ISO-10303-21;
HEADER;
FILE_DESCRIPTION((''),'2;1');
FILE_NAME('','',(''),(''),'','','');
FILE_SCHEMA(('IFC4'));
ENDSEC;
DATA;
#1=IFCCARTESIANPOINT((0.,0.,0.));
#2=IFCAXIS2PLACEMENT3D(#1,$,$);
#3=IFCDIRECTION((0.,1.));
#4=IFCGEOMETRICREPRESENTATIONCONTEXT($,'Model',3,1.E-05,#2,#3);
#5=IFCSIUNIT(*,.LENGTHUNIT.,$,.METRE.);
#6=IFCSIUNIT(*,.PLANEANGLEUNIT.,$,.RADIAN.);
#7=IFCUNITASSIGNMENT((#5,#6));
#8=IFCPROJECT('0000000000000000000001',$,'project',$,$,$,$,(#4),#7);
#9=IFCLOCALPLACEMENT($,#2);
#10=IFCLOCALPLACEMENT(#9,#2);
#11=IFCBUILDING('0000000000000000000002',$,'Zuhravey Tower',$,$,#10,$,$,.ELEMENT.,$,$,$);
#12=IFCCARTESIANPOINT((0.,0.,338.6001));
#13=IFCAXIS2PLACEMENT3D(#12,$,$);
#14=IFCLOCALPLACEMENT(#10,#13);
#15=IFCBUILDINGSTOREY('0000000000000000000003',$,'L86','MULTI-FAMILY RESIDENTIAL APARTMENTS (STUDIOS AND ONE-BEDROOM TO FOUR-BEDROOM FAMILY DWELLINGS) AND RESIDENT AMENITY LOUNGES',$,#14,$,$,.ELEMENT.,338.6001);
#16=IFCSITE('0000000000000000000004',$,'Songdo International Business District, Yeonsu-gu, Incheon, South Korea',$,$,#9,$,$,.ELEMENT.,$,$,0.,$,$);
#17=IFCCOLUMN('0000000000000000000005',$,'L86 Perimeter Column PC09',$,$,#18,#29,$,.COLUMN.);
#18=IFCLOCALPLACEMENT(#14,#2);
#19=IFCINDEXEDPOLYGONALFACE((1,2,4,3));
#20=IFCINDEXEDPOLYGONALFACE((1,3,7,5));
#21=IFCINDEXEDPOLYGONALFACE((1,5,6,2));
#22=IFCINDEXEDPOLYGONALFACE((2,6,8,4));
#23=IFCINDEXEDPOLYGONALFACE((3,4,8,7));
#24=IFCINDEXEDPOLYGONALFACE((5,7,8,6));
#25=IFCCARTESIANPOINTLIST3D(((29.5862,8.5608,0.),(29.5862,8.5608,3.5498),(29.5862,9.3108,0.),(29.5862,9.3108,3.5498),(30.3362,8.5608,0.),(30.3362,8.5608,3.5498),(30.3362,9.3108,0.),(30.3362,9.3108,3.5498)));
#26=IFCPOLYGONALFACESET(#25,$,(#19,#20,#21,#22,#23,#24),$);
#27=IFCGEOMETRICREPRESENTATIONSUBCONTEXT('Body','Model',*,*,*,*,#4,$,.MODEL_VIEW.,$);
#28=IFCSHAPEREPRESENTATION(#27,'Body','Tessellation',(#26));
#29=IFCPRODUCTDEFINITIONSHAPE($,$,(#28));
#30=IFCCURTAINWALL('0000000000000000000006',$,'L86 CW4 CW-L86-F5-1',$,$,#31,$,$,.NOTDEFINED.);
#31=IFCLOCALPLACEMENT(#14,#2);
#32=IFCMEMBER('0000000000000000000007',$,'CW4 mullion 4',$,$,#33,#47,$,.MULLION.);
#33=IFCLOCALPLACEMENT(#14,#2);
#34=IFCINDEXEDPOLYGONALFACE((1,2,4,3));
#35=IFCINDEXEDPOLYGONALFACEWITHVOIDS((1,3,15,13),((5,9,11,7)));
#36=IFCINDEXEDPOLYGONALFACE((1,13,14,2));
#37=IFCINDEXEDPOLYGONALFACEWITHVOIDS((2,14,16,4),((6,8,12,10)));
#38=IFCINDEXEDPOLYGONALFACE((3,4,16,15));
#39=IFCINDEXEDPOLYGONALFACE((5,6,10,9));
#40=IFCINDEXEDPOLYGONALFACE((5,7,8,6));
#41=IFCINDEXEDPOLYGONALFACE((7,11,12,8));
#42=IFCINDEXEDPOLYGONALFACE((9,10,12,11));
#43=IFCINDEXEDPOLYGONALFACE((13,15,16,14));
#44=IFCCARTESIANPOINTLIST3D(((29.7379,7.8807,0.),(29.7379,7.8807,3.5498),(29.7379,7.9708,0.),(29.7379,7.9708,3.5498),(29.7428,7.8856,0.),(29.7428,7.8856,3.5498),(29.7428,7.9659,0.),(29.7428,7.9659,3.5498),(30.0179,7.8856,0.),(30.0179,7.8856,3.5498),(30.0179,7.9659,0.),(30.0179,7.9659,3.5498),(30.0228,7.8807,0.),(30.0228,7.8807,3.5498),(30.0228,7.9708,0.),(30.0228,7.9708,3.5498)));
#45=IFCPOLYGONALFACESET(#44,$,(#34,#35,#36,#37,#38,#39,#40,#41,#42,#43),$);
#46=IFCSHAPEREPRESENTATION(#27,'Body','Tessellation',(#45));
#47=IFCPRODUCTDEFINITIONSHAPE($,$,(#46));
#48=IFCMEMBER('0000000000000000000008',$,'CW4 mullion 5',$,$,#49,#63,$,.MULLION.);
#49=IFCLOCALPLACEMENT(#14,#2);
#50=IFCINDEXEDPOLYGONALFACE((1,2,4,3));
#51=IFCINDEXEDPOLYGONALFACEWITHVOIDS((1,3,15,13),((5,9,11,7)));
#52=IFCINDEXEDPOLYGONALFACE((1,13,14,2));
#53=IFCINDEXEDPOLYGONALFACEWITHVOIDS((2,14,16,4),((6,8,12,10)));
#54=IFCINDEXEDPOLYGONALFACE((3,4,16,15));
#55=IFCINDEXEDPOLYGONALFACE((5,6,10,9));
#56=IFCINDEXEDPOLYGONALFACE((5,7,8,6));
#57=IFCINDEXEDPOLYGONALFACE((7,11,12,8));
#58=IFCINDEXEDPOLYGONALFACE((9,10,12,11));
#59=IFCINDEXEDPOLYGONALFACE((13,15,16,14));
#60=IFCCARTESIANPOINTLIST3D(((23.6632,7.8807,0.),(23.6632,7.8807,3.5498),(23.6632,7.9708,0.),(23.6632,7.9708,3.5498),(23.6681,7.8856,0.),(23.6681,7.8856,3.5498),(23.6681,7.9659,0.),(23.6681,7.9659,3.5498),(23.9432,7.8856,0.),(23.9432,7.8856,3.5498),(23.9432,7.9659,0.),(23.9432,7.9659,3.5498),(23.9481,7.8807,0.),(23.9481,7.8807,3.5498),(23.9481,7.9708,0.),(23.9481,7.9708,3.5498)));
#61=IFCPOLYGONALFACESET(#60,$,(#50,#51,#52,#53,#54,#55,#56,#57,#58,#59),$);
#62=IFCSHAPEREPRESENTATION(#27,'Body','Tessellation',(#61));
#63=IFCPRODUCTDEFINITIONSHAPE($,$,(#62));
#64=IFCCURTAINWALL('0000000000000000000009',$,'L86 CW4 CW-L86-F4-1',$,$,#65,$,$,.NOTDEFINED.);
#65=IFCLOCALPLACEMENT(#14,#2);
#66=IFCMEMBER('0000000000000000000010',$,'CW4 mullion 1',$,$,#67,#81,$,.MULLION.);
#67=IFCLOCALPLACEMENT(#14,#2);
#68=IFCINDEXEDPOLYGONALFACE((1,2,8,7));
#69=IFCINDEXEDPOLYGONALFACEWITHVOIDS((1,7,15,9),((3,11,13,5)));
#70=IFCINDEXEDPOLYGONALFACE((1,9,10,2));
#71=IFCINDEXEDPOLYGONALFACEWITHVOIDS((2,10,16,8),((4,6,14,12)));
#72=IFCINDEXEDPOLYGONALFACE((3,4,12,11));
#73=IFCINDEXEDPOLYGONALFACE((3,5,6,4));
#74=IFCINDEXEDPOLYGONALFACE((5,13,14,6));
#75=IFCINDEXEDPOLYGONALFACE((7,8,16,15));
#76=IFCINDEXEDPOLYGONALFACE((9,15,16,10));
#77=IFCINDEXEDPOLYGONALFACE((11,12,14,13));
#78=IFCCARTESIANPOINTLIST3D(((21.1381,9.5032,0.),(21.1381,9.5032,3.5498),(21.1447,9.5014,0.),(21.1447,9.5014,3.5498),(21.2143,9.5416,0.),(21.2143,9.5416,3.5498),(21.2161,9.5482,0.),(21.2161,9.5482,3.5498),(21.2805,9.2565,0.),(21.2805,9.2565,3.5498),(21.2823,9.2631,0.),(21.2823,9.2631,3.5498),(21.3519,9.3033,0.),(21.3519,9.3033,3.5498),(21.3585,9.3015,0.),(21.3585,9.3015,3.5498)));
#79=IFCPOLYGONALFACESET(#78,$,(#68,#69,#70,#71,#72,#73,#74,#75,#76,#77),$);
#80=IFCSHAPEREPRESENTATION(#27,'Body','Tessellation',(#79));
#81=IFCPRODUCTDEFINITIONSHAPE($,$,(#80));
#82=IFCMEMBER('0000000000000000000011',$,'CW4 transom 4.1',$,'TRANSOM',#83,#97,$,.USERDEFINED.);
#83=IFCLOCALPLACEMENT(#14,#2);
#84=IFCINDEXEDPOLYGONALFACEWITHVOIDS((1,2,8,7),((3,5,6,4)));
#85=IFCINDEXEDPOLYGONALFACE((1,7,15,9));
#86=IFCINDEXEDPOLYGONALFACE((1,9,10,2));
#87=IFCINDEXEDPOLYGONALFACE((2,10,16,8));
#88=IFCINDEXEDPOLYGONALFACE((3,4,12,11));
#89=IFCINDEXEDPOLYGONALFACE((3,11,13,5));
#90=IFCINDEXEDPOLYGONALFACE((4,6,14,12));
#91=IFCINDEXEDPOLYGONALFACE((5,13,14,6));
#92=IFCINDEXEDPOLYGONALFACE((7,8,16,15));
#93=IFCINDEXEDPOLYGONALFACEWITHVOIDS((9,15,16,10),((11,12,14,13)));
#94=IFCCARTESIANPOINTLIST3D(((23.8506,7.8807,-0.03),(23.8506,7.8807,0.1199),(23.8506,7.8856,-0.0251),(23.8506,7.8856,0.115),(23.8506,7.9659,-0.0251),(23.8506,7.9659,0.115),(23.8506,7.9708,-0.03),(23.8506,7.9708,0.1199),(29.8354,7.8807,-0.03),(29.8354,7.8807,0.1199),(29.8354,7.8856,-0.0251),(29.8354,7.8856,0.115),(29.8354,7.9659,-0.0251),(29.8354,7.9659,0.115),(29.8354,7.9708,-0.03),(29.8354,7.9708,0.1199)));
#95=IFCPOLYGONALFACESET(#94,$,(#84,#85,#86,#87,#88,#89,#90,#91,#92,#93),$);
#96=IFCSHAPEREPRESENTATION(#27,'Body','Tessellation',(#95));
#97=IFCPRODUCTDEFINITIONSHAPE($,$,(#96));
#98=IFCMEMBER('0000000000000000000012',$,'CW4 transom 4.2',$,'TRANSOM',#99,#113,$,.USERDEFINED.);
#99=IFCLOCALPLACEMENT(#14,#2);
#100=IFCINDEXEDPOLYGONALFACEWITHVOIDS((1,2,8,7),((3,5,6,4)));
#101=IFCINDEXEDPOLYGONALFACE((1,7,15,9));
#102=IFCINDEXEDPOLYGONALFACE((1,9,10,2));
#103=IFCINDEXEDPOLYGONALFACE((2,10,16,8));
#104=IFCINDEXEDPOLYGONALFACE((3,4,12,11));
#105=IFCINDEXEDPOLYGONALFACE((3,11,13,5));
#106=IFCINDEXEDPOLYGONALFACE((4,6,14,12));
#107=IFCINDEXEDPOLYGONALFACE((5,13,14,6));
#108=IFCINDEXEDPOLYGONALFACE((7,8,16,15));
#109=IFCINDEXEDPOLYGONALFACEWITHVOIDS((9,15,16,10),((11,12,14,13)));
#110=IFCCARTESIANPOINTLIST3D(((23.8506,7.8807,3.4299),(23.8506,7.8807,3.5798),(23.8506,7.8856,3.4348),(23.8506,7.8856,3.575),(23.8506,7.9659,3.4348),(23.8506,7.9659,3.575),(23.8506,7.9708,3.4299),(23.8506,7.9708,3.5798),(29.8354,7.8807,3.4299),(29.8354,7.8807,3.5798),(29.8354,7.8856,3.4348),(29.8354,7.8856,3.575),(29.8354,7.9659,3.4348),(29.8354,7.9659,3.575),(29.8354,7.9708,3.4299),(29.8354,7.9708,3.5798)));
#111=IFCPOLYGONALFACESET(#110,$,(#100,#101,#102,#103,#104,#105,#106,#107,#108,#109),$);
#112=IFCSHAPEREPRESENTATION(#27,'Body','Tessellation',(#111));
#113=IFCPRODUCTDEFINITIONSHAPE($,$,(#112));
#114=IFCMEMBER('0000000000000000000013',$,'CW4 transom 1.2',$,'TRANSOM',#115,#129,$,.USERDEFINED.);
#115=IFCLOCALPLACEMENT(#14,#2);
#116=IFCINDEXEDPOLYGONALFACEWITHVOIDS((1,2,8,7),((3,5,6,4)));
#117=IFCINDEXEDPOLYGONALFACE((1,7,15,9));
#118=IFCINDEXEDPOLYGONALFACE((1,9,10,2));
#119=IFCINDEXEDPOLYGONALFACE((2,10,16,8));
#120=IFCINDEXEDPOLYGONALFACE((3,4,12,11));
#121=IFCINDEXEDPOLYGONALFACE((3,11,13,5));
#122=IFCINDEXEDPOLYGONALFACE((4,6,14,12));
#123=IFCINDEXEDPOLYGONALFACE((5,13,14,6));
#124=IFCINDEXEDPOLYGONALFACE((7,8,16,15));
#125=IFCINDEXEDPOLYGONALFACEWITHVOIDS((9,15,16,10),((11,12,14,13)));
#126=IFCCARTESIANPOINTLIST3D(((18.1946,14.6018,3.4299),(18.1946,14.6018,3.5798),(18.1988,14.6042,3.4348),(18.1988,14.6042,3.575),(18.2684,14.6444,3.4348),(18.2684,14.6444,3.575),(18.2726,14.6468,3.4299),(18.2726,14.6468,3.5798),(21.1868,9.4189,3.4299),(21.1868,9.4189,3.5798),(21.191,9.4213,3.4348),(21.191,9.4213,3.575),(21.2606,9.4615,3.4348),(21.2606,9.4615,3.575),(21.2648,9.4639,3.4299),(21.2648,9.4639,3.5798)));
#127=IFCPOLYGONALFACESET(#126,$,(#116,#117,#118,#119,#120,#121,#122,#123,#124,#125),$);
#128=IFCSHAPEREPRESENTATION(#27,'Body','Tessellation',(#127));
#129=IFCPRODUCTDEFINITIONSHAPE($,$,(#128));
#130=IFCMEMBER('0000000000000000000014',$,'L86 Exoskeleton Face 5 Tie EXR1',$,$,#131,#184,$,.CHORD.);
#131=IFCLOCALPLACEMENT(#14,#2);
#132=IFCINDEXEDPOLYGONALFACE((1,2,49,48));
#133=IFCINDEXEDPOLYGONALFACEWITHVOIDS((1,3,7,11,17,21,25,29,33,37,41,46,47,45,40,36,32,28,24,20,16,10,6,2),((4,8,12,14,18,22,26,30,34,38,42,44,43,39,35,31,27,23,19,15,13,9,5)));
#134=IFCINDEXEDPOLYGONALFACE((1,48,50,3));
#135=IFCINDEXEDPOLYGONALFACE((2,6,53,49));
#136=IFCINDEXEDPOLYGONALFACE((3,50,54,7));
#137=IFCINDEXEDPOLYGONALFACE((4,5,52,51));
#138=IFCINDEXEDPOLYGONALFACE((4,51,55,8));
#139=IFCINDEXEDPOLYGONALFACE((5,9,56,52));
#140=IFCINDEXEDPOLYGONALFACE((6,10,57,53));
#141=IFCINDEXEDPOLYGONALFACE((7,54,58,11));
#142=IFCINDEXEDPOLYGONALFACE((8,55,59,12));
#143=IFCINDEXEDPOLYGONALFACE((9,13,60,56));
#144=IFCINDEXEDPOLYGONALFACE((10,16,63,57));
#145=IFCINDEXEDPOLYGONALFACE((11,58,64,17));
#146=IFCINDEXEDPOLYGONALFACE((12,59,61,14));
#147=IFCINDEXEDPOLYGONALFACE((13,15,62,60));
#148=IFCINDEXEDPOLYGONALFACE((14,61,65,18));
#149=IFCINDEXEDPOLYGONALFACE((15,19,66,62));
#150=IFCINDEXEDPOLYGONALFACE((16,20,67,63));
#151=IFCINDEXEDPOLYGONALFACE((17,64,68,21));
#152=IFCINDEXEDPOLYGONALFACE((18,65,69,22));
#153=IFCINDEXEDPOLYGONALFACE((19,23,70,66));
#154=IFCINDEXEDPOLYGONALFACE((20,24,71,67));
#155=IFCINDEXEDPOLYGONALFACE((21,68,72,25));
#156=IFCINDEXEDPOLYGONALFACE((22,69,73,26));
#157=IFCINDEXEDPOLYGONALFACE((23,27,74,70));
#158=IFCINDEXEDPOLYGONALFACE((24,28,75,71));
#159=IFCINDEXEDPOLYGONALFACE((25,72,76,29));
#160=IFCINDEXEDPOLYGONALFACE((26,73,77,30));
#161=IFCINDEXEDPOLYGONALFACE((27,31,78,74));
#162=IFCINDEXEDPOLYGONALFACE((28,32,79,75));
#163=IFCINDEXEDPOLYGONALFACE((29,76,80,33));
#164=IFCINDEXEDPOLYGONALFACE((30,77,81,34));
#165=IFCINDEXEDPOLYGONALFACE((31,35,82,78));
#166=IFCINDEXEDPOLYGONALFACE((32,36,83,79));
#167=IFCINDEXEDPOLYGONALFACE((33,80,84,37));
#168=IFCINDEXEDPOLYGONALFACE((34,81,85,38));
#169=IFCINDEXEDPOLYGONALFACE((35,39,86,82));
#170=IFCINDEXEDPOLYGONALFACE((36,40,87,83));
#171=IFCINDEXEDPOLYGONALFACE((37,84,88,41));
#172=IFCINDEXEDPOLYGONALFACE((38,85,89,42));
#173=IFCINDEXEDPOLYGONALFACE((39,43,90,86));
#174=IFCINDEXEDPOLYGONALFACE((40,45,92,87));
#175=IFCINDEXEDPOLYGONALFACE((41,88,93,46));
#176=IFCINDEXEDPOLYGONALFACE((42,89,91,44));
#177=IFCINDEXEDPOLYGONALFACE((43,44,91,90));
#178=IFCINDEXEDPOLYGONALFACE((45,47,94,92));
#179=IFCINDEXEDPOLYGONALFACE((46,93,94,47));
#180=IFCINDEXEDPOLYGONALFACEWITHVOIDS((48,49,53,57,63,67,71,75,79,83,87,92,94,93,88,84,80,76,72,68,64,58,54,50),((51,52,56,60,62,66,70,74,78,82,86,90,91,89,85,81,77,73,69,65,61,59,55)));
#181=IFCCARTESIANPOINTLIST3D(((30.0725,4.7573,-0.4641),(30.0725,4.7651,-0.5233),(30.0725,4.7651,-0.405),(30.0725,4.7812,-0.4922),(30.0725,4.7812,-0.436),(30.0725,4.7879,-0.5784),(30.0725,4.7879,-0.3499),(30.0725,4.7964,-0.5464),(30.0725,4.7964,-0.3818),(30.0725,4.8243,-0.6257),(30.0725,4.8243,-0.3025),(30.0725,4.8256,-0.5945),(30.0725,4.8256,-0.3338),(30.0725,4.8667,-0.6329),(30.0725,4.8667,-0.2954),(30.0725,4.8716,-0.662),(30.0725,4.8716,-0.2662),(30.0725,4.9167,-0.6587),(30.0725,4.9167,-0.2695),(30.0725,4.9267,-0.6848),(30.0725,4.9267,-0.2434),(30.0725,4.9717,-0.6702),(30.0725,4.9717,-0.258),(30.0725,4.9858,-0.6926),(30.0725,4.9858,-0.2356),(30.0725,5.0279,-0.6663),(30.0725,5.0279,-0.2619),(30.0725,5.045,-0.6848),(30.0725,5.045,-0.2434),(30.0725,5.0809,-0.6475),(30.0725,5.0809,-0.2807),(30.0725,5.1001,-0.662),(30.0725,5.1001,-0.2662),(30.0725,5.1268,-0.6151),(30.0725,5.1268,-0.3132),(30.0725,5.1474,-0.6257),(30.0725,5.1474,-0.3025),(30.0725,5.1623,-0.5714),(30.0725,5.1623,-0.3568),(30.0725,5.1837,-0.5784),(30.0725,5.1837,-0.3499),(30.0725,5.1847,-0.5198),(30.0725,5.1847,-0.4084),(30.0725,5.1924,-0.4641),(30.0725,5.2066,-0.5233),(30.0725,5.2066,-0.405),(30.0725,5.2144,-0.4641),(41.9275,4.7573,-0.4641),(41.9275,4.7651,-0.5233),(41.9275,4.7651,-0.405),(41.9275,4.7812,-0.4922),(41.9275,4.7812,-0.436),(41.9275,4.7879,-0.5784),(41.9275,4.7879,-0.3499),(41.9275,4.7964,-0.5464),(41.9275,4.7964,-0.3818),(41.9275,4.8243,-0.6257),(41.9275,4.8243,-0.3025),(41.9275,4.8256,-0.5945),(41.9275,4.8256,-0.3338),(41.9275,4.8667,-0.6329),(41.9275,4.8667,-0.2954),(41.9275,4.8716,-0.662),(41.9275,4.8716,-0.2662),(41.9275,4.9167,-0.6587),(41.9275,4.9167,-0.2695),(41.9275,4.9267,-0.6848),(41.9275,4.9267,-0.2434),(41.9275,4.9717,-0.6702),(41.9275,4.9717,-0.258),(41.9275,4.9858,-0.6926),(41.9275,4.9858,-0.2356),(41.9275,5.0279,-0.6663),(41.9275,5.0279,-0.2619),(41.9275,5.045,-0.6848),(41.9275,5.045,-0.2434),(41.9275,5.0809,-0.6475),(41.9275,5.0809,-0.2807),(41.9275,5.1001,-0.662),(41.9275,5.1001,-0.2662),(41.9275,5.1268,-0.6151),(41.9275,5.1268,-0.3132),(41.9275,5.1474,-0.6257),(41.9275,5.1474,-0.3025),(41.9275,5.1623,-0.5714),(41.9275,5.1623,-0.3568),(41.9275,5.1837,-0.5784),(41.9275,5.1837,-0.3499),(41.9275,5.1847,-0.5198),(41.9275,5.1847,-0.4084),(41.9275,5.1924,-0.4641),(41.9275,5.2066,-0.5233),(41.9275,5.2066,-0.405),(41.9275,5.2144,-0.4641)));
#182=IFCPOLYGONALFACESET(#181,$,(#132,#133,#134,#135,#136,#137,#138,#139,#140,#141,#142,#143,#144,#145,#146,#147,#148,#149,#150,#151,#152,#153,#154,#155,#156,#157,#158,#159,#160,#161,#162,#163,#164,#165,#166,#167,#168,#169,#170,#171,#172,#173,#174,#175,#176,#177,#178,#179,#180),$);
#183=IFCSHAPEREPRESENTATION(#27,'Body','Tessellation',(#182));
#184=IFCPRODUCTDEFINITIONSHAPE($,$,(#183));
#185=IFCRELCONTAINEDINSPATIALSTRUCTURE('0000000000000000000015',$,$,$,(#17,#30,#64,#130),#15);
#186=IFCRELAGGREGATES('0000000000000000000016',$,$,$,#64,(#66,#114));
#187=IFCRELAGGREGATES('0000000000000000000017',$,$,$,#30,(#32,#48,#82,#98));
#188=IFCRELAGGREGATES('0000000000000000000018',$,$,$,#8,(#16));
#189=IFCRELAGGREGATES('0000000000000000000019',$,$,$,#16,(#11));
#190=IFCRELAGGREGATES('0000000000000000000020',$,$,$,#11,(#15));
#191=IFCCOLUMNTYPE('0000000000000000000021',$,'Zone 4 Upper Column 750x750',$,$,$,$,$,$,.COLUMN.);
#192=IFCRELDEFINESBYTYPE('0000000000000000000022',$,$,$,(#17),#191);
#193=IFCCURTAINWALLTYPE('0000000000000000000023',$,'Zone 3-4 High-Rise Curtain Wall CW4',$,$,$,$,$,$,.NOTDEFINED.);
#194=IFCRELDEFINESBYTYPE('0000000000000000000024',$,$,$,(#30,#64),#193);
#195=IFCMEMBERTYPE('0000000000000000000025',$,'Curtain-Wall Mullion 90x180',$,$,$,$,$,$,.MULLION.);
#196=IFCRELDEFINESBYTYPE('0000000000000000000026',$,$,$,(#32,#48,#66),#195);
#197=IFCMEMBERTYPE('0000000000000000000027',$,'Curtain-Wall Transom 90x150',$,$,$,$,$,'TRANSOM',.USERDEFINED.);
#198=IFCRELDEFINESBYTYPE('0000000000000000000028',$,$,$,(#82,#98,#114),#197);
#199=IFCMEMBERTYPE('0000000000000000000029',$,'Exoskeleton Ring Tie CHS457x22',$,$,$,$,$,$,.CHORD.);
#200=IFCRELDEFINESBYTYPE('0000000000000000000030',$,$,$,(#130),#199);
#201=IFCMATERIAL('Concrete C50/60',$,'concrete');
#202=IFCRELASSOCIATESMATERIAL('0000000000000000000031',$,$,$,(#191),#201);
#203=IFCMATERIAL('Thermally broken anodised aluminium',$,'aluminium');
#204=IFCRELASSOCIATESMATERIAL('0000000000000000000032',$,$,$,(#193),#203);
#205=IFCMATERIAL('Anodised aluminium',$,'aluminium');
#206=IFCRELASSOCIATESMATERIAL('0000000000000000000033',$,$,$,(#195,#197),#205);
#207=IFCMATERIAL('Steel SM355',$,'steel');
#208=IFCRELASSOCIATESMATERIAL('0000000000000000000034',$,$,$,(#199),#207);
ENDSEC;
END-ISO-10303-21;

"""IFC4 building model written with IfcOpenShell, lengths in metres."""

from ifc_helpers import new_model, si_unit, direction, frame, origin, origin_2d, place, context, subcontext, project, spatial, rectangle, hollow_rectangle, hollow_circle, extrude, material, material_profile, profile_set, type_object, element, aggregate, save


model = new_model("IFC4")

# Units and contexts
model_context = context("Model", 3, precision=1e-05, world=origin(), true_north=direction((0.0, 1.0)))
body_context = subcontext(model_context, "Body", "Model", "MODEL_VIEW")
ifc_project = project(units=[si_unit("LENGTHUNIT", "METRE"), si_unit("PLANEANGLEUNIT", "RADIAN")], contexts=[model_context])

# Site, building, storey
site_placement = place(None, origin())
site = spatial("IfcSite", under=ifc_project, at=site_placement, Name="Songdo International Business District, Yeonsu-gu, Incheon, South Korea", CompositionType="ELEMENT", RefElevation=0.0)
building_placement = place(site_placement, origin())
building = spatial("IfcBuilding", under=site, at=building_placement, Name="Zuhravey Tower", CompositionType="ELEMENT")
storey_placement = place(building_placement, frame((0.0, 0.0, 338.6001)))
storey = spatial("IfcBuildingStorey", under=building, at=storey_placement, Name="L86", Description="MULTI-FAMILY RESIDENTIAL APARTMENTS (STUDIOS AND ONE-BEDROOM TO FOUR-BEDROOM FAMILY DWELLINGS) AND RESIDENT AMENITY LOUNGES", CompositionType="ELEMENT", Elevation=338.6001)

# Column
ifc_material_1 = material(Name="Concrete C50/60", Category="concrete")
ifc_material_profile_1 = material_profile(ifc_material_1, rectangle(XDim=0.75, YDim=0.75, at=origin_2d()), Name="RC-750x750")
ifc_profile_set_1 = profile_set([ifc_material_profile_1], Name="Concrete C50/60")
column_type = type_object("IfcColumnType", Name="Zone 4 Upper Column 750x750", PredefinedType="COLUMN", material=ifc_profile_set_1)
column_placement = place(storey_placement, frame((29.9612, 8.9358, 0.0), z_axis=(0.0, 0.0, 1.0), x_axis=(1.0, 0.0, 0.0)))
element("IfcColumn", 1, at=column_placement, inside=storey, type_object=column_type, Name="L86 Perimeter Column PC09", PredefinedType="COLUMN", context=body_context, shape_type="SweptSolid", body=[
    extrude(rectangle(XDim=0.75, YDim=0.75, at=origin_2d()), origin(), (0.0, 0.0, 1.0), 3.5498),
])

# Curtain wall, members
ifc_material_2 = material(Name="Thermally broken anodised aluminium", Category="aluminium")
curtain_wall_type = type_object("IfcCurtainWallType", Name="Zone 3-4 High-Rise Curtain Wall CW4", PredefinedType="NOTDEFINED", material=ifc_material_2)
curtain_wall_1_placement = place(storey_placement, origin())
curtain_wall_1 = element("IfcCurtainWall", 2, at=curtain_wall_1_placement, inside=storey, type_object=curtain_wall_type, Name="L86 CW4 CW-L86-F5-1", PredefinedType="NOTDEFINED")
ifc_material_3 = material(Name="Anodised aluminium", Category="aluminium")
ifc_material_profile_2 = material_profile(ifc_material_3, hollow_rectangle(XDim=0.0901, YDim=0.2849, WallThickness=0.0049, at=origin_2d()), Name="ALU-RHS-90x285x5")
ifc_profile_set_2 = profile_set([ifc_material_profile_2], Name="Anodised aluminium")
member_type_1 = type_object("IfcMemberType", Name="Curtain-Wall Mullion 90x180", PredefinedType="MULLION", material=ifc_profile_set_2)
member_1_placement = place(storey_placement, frame((29.8804, 7.9258, 0.0), z_axis=(0.0, 0.0, 1.0), x_axis=(0.0, -1.0, 0.0)))
member_1 = element("IfcMember", 3, at=member_1_placement, type_object=member_type_1, Name="CW4 mullion 4", PredefinedType="MULLION", context=body_context, shape_type="SweptSolid", body=[
    extrude(hollow_rectangle(XDim=0.0901, YDim=0.2849, WallThickness=0.0049, at=origin_2d()), origin(), (0.0, 0.0, 1.0), 3.5498),
])
member_2_placement = place(storey_placement, frame((23.8057, 7.9258, 0.0), z_axis=(0.0, 0.0, 1.0), x_axis=(0.0, -1.0, 0.0)))
member_2 = element("IfcMember", 4, at=member_2_placement, type_object=member_type_1, Name="CW4 mullion 5", PredefinedType="MULLION", context=body_context, shape_type="SweptSolid", body=[
    extrude(hollow_rectangle(XDim=0.0901, YDim=0.2849, WallThickness=0.0049, at=origin_2d()), origin(), (0.0, 0.0, 1.0), 3.5498),
])

# Curtain wall, member
curtain_wall_2_placement = place(storey_placement, origin())
curtain_wall_2 = element("IfcCurtainWall", 5, at=curtain_wall_2_placement, inside=storey, type_object=curtain_wall_type, Name="L86 CW4 CW-L86-F4-1", PredefinedType="NOTDEFINED")
member_3_placement = place(storey_placement, frame((21.2483, 9.4023, 0.0), z_axis=(0.0, 0.0, 1.0), x_axis=(-0.866026, -0.5, 0.0)))
member_3 = element("IfcMember", 6, at=member_3_placement, type_object=member_type_1, Name="CW4 mullion 1", PredefinedType="MULLION", context=body_context, shape_type="SweptSolid", body=[
    extrude(hollow_rectangle(XDim=0.0901, YDim=0.2849, WallThickness=0.0049, at=origin_2d()), origin(), (0.0, 0.0, 1.0), 3.5498),
])

# Members
ifc_material_profile_3 = material_profile(ifc_material_3, hollow_rectangle(XDim=0.0901, YDim=0.1499, WallThickness=0.0049, at=origin_2d()), Name="ALU-RHS-90x150x5")
ifc_profile_set_3 = profile_set([ifc_material_profile_3], Name="Anodised aluminium")
member_type_2 = type_object("IfcMemberType", Name="Curtain-Wall Transom 90x150", ElementType="TRANSOM", PredefinedType="USERDEFINED", material=ifc_profile_set_3)
member_4_placement = place(storey_placement, frame((29.8354, 7.9258, 0.0449), z_axis=(-1.0, 0.0, 0.0), x_axis=(0.0, -1.0, 0.0)))
member_4 = element("IfcMember", 7, at=member_4_placement, type_object=member_type_2, Name="CW4 transom 4.1", ObjectType="TRANSOM", PredefinedType="USERDEFINED", context=body_context, shape_type="SweptSolid", body=[
    extrude(hollow_rectangle(XDim=0.0901, YDim=0.1499, WallThickness=0.0049, at=origin_2d()), origin(), (0.0, 0.0, 1.0), 5.9849),
])
member_5_placement = place(storey_placement, frame((29.8354, 7.9258, 3.5049), z_axis=(-1.0, 0.0, 0.0), x_axis=(0.0, -1.0, 0.0)))
member_5 = element("IfcMember", 8, at=member_5_placement, type_object=member_type_2, Name="CW4 transom 4.2", ObjectType="TRANSOM", PredefinedType="USERDEFINED", context=body_context, shape_type="SweptSolid", body=[
    extrude(hollow_rectangle(XDim=0.0901, YDim=0.1499, WallThickness=0.0049, at=origin_2d()), origin(), (0.0, 0.0, 1.0), 5.9849),
])
member_6_placement = place(storey_placement, frame((21.2258, 9.4414, 3.5049), z_axis=(-0.499983, 0.866035, 0.0), x_axis=(-0.866035, -0.499983, 0.0)))
member_6 = element("IfcMember", 9, at=member_6_placement, type_object=member_type_2, Name="CW4 transom 1.2", ObjectType="TRANSOM", PredefinedType="USERDEFINED", context=body_context, shape_type="SweptSolid", body=[
    extrude(hollow_rectangle(XDim=0.0901, YDim=0.1499, WallThickness=0.0049, at=origin_2d()), origin(), (0.0, 0.0, 1.0), 5.9846),
])
aggregate(curtain_wall_2, [member_3, member_6])

# Member
ifc_material_4 = material(Name="Steel SM355", Category="steel")
ifc_material_profile_4 = material_profile(ifc_material_4, hollow_circle(Radius=0.2285, WallThickness=0.022, at=origin_2d()), Name="CHS-457.2x22")
ifc_profile_set_4 = profile_set([ifc_material_profile_4], Name="Steel SM355")
member_type_3 = type_object("IfcMemberType", Name="Exoskeleton Ring Tie CHS457x22", PredefinedType="CHORD", material=ifc_profile_set_4)
member_7_placement = place(storey_placement, frame((30.0725, 4.9858, -0.4641), z_axis=(1.0, 0.0, 0.0), x_axis=(0.0, 1.0, 0.0)))
element("IfcMember", 10, at=member_7_placement, inside=storey, type_object=member_type_3, Name="L86 Exoskeleton Face 5 Tie EXR1", PredefinedType="CHORD", context=body_context, shape_type="SweptSolid", body=[
    extrude(hollow_circle(Radius=0.2285, WallThickness=0.022, at=origin_2d()), origin(), (0.0, 0.0, 1.0), 11.855),
])

aggregate(curtain_wall_1, [member_1, member_2, member_4, member_5])

save(model, "model.ifc")
